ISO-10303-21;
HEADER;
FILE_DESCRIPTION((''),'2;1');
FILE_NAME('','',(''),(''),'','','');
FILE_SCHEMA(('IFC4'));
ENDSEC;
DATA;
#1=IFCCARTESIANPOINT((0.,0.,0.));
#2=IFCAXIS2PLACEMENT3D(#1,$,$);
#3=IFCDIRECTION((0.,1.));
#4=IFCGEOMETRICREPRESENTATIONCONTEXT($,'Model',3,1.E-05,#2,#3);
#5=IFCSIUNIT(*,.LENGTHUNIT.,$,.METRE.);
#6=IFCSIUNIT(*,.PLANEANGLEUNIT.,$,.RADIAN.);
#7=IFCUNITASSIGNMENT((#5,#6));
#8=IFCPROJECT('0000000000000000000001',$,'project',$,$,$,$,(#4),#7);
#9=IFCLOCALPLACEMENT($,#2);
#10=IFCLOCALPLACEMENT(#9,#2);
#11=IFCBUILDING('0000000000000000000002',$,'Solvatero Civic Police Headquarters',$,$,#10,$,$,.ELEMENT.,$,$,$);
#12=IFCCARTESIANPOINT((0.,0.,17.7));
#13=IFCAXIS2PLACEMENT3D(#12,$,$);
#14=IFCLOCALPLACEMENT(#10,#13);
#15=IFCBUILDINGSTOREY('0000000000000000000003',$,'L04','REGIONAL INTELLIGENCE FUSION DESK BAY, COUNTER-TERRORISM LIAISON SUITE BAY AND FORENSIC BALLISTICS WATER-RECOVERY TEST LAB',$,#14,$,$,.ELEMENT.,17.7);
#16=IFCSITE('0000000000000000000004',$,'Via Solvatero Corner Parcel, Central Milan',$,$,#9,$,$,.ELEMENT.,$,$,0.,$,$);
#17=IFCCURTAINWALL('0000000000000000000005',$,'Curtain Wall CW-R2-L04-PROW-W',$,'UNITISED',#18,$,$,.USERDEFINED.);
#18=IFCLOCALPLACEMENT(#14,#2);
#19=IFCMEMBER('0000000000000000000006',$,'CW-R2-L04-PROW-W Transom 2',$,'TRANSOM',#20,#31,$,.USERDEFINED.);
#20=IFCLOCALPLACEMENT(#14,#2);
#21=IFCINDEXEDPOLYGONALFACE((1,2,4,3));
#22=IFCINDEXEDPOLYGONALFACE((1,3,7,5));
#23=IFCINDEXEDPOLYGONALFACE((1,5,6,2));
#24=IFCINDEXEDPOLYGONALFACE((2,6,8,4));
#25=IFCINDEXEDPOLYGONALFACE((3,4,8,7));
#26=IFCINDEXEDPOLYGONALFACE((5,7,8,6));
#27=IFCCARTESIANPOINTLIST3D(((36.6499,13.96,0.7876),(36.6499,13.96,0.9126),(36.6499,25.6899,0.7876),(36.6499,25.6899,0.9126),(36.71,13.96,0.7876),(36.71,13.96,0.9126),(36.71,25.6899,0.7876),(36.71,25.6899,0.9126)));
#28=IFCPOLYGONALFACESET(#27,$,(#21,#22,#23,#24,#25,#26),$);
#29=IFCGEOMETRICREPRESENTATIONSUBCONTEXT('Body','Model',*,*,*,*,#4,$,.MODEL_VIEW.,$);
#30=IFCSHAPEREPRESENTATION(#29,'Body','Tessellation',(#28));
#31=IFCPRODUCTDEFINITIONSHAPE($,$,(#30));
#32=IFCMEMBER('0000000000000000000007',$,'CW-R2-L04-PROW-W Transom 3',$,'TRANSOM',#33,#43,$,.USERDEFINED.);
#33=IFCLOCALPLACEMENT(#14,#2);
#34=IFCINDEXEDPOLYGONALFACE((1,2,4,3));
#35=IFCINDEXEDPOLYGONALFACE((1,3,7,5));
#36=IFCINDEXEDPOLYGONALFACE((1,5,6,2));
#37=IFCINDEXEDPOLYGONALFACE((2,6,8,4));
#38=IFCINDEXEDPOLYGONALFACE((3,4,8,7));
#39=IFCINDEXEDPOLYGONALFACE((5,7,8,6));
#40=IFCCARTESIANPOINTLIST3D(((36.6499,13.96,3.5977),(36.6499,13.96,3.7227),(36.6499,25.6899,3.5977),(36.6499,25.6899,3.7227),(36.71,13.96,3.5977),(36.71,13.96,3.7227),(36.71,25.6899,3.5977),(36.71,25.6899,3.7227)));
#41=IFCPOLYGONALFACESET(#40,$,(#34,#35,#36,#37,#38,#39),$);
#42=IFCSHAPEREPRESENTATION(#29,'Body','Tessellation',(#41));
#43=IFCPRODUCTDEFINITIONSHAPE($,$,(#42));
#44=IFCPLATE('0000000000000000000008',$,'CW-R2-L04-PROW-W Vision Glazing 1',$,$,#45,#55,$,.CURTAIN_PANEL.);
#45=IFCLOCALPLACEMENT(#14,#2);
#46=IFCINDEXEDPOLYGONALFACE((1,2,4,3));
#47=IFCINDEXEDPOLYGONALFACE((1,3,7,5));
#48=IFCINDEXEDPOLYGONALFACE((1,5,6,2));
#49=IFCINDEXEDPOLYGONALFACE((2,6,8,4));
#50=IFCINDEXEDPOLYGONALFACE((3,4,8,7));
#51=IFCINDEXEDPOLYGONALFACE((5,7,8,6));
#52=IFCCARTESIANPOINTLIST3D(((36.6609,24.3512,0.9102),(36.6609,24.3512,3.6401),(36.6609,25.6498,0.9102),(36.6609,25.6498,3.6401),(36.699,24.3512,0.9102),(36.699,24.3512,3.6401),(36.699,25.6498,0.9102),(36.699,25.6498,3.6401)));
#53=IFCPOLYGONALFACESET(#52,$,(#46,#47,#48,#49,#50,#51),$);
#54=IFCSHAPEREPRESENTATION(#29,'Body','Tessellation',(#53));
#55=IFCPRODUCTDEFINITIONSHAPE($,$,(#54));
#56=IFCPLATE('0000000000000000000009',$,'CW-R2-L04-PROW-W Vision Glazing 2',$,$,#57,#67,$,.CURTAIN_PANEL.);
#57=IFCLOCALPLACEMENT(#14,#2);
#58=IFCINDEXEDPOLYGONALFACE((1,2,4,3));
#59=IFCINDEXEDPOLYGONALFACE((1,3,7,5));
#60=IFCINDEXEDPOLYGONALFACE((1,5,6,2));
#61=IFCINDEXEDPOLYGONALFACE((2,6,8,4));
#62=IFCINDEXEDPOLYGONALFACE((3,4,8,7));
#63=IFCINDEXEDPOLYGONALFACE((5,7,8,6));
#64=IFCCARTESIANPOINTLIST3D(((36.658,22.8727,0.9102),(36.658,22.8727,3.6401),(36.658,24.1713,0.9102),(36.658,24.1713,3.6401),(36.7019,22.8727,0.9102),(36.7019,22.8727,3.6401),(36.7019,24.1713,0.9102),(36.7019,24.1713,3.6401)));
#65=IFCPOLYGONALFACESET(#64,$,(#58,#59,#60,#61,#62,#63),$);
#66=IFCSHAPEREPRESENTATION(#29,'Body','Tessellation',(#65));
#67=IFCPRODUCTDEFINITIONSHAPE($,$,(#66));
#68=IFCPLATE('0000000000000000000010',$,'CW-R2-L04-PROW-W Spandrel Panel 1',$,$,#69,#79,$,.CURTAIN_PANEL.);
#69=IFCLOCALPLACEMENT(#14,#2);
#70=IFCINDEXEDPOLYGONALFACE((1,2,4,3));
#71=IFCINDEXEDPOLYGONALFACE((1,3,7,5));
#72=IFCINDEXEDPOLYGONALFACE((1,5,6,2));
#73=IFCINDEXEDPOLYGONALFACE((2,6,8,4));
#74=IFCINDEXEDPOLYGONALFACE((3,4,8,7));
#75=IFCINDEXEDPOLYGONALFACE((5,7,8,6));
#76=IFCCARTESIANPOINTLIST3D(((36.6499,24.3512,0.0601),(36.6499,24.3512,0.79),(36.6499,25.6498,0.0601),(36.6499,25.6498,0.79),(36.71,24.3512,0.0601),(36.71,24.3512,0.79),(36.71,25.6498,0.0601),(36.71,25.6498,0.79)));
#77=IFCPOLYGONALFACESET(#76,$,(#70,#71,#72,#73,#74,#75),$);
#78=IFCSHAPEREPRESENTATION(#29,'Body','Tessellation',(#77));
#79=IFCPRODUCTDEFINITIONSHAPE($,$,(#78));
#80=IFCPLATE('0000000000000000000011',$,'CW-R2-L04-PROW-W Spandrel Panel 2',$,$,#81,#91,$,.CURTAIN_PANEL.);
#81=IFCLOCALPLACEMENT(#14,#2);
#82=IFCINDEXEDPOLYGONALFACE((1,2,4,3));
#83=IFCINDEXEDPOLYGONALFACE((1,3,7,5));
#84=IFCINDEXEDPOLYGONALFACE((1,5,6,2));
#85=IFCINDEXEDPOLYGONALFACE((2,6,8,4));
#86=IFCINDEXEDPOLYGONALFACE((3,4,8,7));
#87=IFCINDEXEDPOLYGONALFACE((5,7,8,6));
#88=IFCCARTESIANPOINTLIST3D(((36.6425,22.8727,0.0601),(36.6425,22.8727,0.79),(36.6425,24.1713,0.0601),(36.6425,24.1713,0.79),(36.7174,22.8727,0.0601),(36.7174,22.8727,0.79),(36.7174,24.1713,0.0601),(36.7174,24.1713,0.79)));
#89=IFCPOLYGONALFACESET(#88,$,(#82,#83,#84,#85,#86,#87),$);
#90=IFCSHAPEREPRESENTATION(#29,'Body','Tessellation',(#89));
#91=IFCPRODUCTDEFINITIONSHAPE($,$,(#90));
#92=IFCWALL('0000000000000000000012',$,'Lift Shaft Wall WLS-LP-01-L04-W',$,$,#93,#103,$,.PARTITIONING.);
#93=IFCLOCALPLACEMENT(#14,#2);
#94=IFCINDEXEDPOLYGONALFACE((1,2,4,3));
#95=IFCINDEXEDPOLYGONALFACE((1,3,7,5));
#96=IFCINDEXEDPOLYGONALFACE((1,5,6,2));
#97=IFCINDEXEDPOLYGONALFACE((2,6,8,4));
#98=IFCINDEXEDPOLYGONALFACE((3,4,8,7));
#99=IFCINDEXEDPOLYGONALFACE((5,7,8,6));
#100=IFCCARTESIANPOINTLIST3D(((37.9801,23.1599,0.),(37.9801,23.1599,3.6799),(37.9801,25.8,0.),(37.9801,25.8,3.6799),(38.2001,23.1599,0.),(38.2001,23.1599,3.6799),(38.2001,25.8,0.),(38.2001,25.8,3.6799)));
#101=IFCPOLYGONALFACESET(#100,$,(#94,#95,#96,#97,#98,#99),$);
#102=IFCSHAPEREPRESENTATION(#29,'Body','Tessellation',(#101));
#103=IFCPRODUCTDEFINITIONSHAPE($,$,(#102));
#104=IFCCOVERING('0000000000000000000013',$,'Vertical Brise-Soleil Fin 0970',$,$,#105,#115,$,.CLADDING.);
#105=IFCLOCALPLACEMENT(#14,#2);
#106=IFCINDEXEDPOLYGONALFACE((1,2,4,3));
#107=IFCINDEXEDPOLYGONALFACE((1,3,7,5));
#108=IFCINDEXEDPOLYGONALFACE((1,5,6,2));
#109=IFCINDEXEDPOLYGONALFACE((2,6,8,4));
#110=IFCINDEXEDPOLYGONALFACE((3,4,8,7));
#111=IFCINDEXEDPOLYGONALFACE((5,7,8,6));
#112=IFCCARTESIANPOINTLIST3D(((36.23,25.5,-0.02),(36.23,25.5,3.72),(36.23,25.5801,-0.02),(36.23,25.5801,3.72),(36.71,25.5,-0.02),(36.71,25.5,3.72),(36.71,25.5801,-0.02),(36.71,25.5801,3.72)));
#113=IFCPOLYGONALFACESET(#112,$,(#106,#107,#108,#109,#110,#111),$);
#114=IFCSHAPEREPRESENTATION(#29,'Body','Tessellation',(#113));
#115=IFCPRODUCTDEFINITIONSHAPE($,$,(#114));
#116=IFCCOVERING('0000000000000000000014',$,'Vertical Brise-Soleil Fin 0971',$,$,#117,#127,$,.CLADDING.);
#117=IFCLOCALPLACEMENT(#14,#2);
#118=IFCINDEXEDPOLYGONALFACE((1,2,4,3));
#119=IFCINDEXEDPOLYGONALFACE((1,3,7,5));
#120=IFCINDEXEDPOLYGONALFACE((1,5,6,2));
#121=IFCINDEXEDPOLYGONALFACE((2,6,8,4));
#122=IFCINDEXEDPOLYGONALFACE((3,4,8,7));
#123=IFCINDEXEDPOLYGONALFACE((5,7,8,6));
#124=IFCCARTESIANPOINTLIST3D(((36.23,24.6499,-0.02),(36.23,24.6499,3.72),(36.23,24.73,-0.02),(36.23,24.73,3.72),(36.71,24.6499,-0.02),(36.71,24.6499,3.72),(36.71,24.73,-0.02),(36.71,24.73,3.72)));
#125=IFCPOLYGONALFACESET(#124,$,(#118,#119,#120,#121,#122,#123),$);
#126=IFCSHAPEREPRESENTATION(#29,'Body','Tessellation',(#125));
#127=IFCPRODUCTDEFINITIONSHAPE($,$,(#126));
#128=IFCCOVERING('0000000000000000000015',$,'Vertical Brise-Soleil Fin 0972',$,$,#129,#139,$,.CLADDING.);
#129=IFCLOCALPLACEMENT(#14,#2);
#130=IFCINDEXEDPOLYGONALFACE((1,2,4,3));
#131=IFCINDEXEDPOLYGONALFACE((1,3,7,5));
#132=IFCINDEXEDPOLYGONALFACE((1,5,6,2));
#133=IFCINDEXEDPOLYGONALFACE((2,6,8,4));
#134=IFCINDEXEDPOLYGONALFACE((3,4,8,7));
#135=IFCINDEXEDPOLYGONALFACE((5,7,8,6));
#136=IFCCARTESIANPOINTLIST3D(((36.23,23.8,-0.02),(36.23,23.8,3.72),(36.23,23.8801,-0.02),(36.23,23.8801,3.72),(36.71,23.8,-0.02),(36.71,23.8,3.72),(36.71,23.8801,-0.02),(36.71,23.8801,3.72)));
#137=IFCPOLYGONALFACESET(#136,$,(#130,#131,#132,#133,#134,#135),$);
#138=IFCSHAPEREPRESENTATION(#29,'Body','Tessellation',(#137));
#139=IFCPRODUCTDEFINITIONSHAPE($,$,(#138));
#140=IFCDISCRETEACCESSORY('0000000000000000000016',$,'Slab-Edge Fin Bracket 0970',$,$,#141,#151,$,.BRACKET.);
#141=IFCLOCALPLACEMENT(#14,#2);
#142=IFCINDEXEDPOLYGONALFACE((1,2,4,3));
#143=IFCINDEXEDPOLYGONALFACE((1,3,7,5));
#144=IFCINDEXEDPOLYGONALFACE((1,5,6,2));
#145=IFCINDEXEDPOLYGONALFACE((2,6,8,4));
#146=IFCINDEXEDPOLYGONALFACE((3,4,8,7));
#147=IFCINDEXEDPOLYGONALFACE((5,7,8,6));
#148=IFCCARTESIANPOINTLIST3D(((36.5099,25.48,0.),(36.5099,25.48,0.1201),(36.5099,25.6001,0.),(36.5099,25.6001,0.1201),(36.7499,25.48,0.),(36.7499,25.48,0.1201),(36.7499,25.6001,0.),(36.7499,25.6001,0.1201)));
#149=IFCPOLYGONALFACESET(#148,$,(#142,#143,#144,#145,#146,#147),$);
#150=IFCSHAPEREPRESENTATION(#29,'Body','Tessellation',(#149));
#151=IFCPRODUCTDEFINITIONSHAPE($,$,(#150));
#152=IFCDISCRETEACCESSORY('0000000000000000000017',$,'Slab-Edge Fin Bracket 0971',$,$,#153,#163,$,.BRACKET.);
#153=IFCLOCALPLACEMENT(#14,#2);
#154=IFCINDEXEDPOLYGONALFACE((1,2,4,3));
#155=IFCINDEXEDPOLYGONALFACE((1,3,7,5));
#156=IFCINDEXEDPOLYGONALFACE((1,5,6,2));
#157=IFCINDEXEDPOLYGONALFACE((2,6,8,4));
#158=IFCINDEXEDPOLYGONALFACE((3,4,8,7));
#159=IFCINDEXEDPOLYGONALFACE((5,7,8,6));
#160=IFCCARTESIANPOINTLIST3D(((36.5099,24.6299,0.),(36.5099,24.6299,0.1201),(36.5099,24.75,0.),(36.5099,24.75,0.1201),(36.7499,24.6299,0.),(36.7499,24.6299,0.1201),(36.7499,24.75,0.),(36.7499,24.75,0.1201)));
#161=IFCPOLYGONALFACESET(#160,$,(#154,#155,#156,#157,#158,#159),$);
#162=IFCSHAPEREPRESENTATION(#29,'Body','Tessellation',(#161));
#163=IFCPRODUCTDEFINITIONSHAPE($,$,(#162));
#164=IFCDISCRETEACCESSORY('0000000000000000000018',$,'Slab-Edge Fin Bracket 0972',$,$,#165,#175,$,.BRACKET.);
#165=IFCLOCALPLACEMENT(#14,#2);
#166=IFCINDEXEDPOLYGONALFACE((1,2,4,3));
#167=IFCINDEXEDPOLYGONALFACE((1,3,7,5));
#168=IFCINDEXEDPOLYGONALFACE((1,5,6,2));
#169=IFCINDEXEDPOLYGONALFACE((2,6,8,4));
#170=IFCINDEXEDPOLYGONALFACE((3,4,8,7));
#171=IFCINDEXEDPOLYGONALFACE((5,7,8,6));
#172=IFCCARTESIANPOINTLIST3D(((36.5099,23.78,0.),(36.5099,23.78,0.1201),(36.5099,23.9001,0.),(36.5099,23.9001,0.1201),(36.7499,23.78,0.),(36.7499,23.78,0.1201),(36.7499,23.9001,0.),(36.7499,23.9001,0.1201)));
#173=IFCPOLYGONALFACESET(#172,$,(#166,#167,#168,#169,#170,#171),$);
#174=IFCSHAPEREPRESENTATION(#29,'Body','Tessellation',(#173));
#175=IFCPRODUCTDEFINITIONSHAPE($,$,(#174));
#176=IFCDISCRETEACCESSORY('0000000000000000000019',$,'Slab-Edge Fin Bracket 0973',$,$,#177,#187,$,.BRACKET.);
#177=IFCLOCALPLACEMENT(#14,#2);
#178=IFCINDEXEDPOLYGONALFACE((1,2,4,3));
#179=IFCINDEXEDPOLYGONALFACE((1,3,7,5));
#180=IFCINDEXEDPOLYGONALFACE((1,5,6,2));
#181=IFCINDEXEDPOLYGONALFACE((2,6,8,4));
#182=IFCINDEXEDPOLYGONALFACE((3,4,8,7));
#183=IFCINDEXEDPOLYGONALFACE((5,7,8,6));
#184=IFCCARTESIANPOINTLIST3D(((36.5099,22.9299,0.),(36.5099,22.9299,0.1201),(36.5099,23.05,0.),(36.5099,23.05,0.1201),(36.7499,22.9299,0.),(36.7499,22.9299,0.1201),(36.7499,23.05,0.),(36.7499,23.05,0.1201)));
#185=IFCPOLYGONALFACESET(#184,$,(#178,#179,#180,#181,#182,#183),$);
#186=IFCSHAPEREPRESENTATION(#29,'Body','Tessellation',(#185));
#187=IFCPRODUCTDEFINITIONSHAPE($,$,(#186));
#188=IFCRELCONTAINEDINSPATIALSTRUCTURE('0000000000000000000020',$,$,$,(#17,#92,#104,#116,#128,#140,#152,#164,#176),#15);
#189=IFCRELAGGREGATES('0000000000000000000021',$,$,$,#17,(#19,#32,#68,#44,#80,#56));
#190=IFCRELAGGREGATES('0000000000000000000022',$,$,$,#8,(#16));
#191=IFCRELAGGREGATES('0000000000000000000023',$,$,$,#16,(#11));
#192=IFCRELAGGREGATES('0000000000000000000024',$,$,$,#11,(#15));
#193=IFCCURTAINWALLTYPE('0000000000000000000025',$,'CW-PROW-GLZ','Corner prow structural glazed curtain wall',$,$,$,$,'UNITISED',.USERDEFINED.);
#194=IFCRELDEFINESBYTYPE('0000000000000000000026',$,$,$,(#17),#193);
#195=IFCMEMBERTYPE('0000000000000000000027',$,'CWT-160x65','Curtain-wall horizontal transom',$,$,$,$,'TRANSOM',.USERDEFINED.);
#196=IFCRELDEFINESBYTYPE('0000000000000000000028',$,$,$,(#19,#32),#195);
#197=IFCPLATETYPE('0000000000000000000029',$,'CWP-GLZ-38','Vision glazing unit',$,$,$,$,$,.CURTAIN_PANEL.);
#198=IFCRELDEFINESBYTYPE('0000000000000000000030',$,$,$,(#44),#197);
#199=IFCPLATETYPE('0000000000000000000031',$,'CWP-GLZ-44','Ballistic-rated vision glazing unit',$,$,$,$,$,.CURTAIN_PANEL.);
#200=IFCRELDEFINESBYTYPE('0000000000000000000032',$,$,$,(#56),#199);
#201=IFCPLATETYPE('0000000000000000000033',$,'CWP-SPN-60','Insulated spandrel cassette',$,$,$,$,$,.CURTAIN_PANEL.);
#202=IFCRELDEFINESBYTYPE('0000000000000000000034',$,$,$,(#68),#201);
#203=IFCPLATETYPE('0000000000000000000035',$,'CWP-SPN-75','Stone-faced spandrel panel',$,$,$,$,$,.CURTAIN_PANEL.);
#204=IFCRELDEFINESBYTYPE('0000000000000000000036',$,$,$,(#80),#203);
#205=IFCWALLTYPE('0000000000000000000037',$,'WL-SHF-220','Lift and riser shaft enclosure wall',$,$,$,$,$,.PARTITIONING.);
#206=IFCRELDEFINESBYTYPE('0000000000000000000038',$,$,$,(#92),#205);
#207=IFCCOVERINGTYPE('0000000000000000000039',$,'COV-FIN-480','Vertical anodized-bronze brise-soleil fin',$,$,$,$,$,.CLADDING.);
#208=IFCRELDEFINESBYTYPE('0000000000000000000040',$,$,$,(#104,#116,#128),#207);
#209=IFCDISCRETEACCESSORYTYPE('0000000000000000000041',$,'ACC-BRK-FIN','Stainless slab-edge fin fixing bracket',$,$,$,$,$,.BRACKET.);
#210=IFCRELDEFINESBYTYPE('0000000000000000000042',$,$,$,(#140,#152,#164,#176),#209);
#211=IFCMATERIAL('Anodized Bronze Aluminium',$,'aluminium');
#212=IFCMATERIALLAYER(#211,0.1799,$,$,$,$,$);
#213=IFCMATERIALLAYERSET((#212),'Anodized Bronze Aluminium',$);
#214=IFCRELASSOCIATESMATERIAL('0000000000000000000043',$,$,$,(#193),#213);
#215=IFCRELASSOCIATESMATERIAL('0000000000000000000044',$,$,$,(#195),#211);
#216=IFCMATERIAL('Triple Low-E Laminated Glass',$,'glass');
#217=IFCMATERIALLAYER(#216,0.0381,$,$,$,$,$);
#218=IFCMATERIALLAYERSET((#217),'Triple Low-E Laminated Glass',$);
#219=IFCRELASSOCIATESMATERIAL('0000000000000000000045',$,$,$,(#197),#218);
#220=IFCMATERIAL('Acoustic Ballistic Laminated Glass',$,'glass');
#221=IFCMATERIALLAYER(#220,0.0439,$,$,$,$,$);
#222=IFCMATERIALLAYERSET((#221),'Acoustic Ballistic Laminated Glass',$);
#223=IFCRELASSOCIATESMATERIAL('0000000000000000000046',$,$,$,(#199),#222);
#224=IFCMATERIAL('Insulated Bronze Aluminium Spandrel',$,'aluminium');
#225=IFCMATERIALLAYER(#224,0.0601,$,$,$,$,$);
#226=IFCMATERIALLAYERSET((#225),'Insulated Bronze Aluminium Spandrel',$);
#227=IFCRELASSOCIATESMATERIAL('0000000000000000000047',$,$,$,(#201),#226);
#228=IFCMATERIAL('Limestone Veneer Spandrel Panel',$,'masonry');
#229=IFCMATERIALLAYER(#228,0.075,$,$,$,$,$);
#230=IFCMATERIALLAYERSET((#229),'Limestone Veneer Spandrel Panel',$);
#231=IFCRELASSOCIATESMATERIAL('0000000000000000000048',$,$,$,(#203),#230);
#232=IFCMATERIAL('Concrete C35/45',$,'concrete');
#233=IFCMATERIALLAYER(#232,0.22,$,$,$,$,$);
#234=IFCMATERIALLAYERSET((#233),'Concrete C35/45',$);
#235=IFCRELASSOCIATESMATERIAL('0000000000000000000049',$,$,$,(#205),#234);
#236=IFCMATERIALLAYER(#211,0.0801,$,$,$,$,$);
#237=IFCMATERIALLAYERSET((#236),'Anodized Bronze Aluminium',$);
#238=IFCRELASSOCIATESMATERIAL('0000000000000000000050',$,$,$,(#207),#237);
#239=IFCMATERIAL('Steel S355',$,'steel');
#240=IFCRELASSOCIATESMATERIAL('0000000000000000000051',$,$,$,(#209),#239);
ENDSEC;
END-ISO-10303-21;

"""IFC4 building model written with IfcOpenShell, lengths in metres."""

from ifc_helpers import new_model, si_unit, direction, frame, frame_2d, origin, origin_2d, place, context, subcontext, project, spatial, rectangle, extrude, material, layer, layer_set, material_profile, profile_set, type_object, element, aggregate, save


model = new_model("IFC4")

# Units and contexts
model_context = context("Model", 3, precision=1e-05, world=origin(), true_north=direction((0.0, 1.0)))
body_context = subcontext(model_context, "Body", "Model", "MODEL_VIEW")
ifc_project = project(units=[si_unit("LENGTHUNIT", "METRE"), si_unit("PLANEANGLEUNIT", "RADIAN")], contexts=[model_context])

# Site, building, storey
site_placement = place(None, origin())
site = spatial("IfcSite", under=ifc_project, at=site_placement, Name="Via Solvatero Corner Parcel, Central Milan", CompositionType="ELEMENT", RefElevation=0.0)
building_placement = place(site_placement, origin())
building = spatial("IfcBuilding", under=site, at=building_placement, Name="Solvatero Civic Police Headquarters", CompositionType="ELEMENT")
storey_placement = place(building_placement, frame((0.0, 0.0, 17.7)))
storey = spatial("IfcBuildingStorey", under=building, at=storey_placement, Name="L04", Description="REGIONAL INTELLIGENCE FUSION DESK BAY, COUNTER-TERRORISM LIAISON SUITE BAY AND FORENSIC BALLISTICS WATER-RECOVERY TEST LAB", CompositionType="ELEMENT", Elevation=17.7)

# Shared definitions
ifc_material_1 = material(Name="Steel S355", Category="steel")

# Curtain wall, members, plates
ifc_material_2 = material(Name="Anodized Bronze Aluminium", Category="aluminium")
ifc_layer_1 = layer(ifc_material_2, 0.1799)
ifc_layer_set_1 = layer_set([ifc_layer_1], Name="Anodized Bronze Aluminium")
curtain_wall_type = type_object("IfcCurtainWallType", Name="CW-PROW-GLZ", Description="Corner prow structural glazed curtain wall", ElementType="UNITISED", PredefinedType="USERDEFINED", material=ifc_layer_set_1)
curtain_wall_placement = place(storey_placement, origin())
curtain_wall = element("IfcCurtainWall", 1, at=curtain_wall_placement, inside=storey, type_object=curtain_wall_type, Name="Curtain Wall CW-R2-L04-PROW-W", ObjectType="UNITISED", PredefinedType="USERDEFINED")
ifc_material_profile_1 = material_profile(ifc_material_2, rectangle(XDim=0.0601, YDim=0.125, at=origin_2d()), Name="ALU TRANSOM 60x125")
ifc_profile_set_1 = profile_set([ifc_material_profile_1], Name="Anodized Bronze Aluminium")
member_type_1 = type_object("IfcMemberType", Name="CWT-160x65", Description="Curtain-wall horizontal transom", ElementType="TRANSOM", PredefinedType="USERDEFINED", material=ifc_profile_set_1)
member_1_placement = place(storey_placement, frame((36.6799, 25.6899, 0.8501), z_axis=(0.0, -1.0, 0.0), x_axis=(1.0, 0.0, 0.0)))
member_1 = element("IfcMember", 2, at=member_1_placement, type_object=member_type_1, Name="CW-R2-L04-PROW-W Transom 2", ObjectType="TRANSOM", PredefinedType="USERDEFINED", context=body_context, shape_type="SweptSolid", body=[
    extrude(rectangle(XDim=0.0601, YDim=0.125, at=origin_2d()), origin(), (0.0, 0.0, 1.0), 11.73),
])
member_2_placement = place(storey_placement, frame((36.6799, 25.6899, 3.6602), z_axis=(0.0, -1.0, 0.0), x_axis=(1.0, 0.0, 0.0)))
member_2 = element("IfcMember", 3, at=member_2_placement, type_object=member_type_1, Name="CW-R2-L04-PROW-W Transom 3", ObjectType="TRANSOM", PredefinedType="USERDEFINED", context=body_context, shape_type="SweptSolid", body=[
    extrude(rectangle(XDim=0.0601, YDim=0.125, at=origin_2d()), origin(), (0.0, 0.0, 1.0), 11.73),
])
ifc_material_3 = material(Name="Triple Low-E Laminated Glass", Category="glass")
ifc_layer_2 = layer(ifc_material_3, 0.0381)
ifc_layer_set_2 = layer_set([ifc_layer_2], Name="Triple Low-E Laminated Glass")
plate_type_1 = type_object("IfcPlateType", Name="CWP-GLZ-38", Description="Vision glazing unit", PredefinedType="CURTAIN_PANEL", material=ifc_layer_set_2)
plate_1_placement = place(storey_placement, frame((36.6799, 25.0005, 0.9102), z_axis=(0.0, 0.0, 1.0), x_axis=(0.0, -1.0, 0.0)))
plate_1 = element("IfcPlate", 4, at=plate_1_placement, type_object=plate_type_1, Name="CW-R2-L04-PROW-W Vision Glazing 1", PredefinedType="CURTAIN_PANEL", context=body_context, shape_type="SweptSolid", body=[
    extrude(rectangle(XDim=1.2986, YDim=0.0381, at=origin_2d()), origin(), (0.0, 0.0, 1.0), 2.73),
])
ifc_material_4 = material(Name="Acoustic Ballistic Laminated Glass", Category="glass")
ifc_layer_3 = layer(ifc_material_4, 0.0439)
ifc_layer_set_3 = layer_set([ifc_layer_3], Name="Acoustic Ballistic Laminated Glass")
plate_type_2 = type_object("IfcPlateType", Name="CWP-GLZ-44", Description="Ballistic-rated vision glazing unit", PredefinedType="CURTAIN_PANEL", material=ifc_layer_set_3)
plate_2_placement = place(storey_placement, frame((36.6799, 23.522, 0.9102), z_axis=(0.0, 0.0, 1.0), x_axis=(0.0, -1.0, 0.0)))
plate_2 = element("IfcPlate", 5, at=plate_2_placement, type_object=plate_type_2, Name="CW-R2-L04-PROW-W Vision Glazing 2", PredefinedType="CURTAIN_PANEL", context=body_context, shape_type="SweptSolid", body=[
    extrude(rectangle(XDim=1.2986, YDim=0.0439, at=origin_2d()), origin(), (0.0, 0.0, 1.0), 2.73),
])
ifc_material_5 = material(Name="Insulated Bronze Aluminium Spandrel", Category="aluminium")
ifc_layer_4 = layer(ifc_material_5, 0.0601)
ifc_layer_set_4 = layer_set([ifc_layer_4], Name="Insulated Bronze Aluminium Spandrel")
plate_type_3 = type_object("IfcPlateType", Name="CWP-SPN-60", Description="Insulated spandrel cassette", PredefinedType="CURTAIN_PANEL", material=ifc_layer_set_4)
plate_3_placement = place(storey_placement, frame((36.6799, 25.0005, 0.0601), z_axis=(0.0, 0.0, 1.0), x_axis=(0.0, -1.0, 0.0)))
plate_3 = element("IfcPlate", 6, at=plate_3_placement, type_object=plate_type_3, Name="CW-R2-L04-PROW-W Spandrel Panel 1", PredefinedType="CURTAIN_PANEL", context=body_context, shape_type="SweptSolid", body=[
    extrude(rectangle(XDim=1.2986, YDim=0.0601, at=origin_2d()), origin(), (0.0, 0.0, 1.0), 0.73),
])
ifc_material_6 = material(Name="Limestone Veneer Spandrel Panel", Category="masonry")
ifc_layer_5 = layer(ifc_material_6, 0.075)
ifc_layer_set_5 = layer_set([ifc_layer_5], Name="Limestone Veneer Spandrel Panel")
plate_type_4 = type_object("IfcPlateType", Name="CWP-SPN-75", Description="Stone-faced spandrel panel", PredefinedType="CURTAIN_PANEL", material=ifc_layer_set_5)
plate_4_placement = place(storey_placement, frame((36.6799, 23.522, 0.0601), z_axis=(0.0, 0.0, 1.0), x_axis=(0.0, -1.0, 0.0)))
plate_4 = element("IfcPlate", 7, at=plate_4_placement, type_object=plate_type_4, Name="CW-R2-L04-PROW-W Spandrel Panel 2", PredefinedType="CURTAIN_PANEL", context=body_context, shape_type="SweptSolid", body=[
    extrude(rectangle(XDim=1.2986, YDim=0.075, at=origin_2d()), origin(), (0.0, 0.0, 1.0), 0.73),
])
aggregate(curtain_wall, [member_1, member_2, plate_3, plate_1, plate_4, plate_2])

# Shared definitions
ifc_material_7 = material(Name="Concrete C35/45", Category="concrete")
ifc_layer_6 = layer(ifc_material_7, 0.22)
ifc_layer_set_6 = layer_set([ifc_layer_6], Name="Concrete C35/45")
wall_type = type_object("IfcWallType", Name="WL-SHF-220", Description="Lift and riser shaft enclosure wall", PredefinedType="PARTITIONING", material=ifc_layer_set_6)

# Wall
wall_1_placement = place(storey_placement, frame((38.0901, 23.1599, 0.0), z_axis=(0.0, 0.0, 1.0), x_axis=(0.0, 1.0, 0.0)))
element("IfcWall", 8, at=wall_1_placement, inside=storey, type_object=wall_type, Name="Lift Shaft Wall WLS-LP-01-L04-W", PredefinedType="PARTITIONING", context=body_context, shape_type="SweptSolid", body=[
    extrude(rectangle(XDim=2.6401, YDim=0.22, at=frame_2d((1.3201, 0.0))), origin(), (0.0, 0.0, 1.0), 3.6799),
])

# Coverings
ifc_layer_7 = layer(ifc_material_2, 0.0801)
ifc_layer_set_7 = layer_set([ifc_layer_7], Name="Anodized Bronze Aluminium")
covering_type = type_object("IfcCoveringType", Name="COV-FIN-480", Description="Vertical anodized-bronze brise-soleil fin", PredefinedType="CLADDING", material=ifc_layer_set_7)
for number, where, z_axis, x_axis, name in (
    (9, (36.47, 25.54, -0.02), (0.0, 0.0, 1.0), (0.0, -1.0, 0.0), "Vertical Brise-Soleil Fin 0970"),
    (10, (36.47, 24.6899, -0.02), (0.0, 0.0, 1.0), (0.0, -1.0, 0.0), "Vertical Brise-Soleil Fin 0971"),
    (11, (36.47, 23.8401, -0.02), (0.0, 0.0, 1.0), (0.0, -1.0, 0.0), "Vertical Brise-Soleil Fin 0972"),
):
    element("IfcCovering", number, at=place(storey_placement, frame(where, z_axis=z_axis, x_axis=x_axis)), inside=storey, type_object=covering_type, Name=name, PredefinedType="CLADDING", context=body_context, shape_type="SweptSolid", body=[
        extrude(rectangle(XDim=0.0801, YDim=0.48, at=origin_2d()), origin(), (0.0, 0.0, 1.0), 3.74),
    ])

# Discrete accessories
discrete_accessory_type = type_object("IfcDiscreteAccessoryType", Name="ACC-BRK-FIN", Description="Stainless slab-edge fin fixing bracket", PredefinedType="BRACKET", material=ifc_material_1)
for number, where, z_axis, x_axis, name in (
    (12, (36.6299, 25.54, 0.0), (0.0, 0.0, 1.0), (0.0, -1.0, 0.0), "Slab-Edge Fin Bracket 0970"),
    (13, (36.6299, 24.6899, 0.0), (0.0, 0.0, 1.0), (0.0, -1.0, 0.0), "Slab-Edge Fin Bracket 0971"),
    (14, (36.6299, 23.8401, 0.0), (0.0, 0.0, 1.0), (0.0, -1.0, 0.0), "Slab-Edge Fin Bracket 0972"),
    (15, (36.6299, 22.99, 0.0), (0.0, 0.0, 1.0), (0.0, -1.0, 0.0), "Slab-Edge Fin Bracket 0973"),
):
    element("IfcDiscreteAccessory", number, at=place(storey_placement, frame(where, z_axis=z_axis, x_axis=x_axis)), inside=storey, type_object=discrete_accessory_type, Name=name, PredefinedType="BRACKET", context=body_context, shape_type="SweptSolid", body=[
        extrude(rectangle(XDim=0.1201, YDim=0.24, at=origin_2d()), origin(), (0.0, 0.0, 1.0), 0.1201),
    ])

save(model, "model.ifc")
